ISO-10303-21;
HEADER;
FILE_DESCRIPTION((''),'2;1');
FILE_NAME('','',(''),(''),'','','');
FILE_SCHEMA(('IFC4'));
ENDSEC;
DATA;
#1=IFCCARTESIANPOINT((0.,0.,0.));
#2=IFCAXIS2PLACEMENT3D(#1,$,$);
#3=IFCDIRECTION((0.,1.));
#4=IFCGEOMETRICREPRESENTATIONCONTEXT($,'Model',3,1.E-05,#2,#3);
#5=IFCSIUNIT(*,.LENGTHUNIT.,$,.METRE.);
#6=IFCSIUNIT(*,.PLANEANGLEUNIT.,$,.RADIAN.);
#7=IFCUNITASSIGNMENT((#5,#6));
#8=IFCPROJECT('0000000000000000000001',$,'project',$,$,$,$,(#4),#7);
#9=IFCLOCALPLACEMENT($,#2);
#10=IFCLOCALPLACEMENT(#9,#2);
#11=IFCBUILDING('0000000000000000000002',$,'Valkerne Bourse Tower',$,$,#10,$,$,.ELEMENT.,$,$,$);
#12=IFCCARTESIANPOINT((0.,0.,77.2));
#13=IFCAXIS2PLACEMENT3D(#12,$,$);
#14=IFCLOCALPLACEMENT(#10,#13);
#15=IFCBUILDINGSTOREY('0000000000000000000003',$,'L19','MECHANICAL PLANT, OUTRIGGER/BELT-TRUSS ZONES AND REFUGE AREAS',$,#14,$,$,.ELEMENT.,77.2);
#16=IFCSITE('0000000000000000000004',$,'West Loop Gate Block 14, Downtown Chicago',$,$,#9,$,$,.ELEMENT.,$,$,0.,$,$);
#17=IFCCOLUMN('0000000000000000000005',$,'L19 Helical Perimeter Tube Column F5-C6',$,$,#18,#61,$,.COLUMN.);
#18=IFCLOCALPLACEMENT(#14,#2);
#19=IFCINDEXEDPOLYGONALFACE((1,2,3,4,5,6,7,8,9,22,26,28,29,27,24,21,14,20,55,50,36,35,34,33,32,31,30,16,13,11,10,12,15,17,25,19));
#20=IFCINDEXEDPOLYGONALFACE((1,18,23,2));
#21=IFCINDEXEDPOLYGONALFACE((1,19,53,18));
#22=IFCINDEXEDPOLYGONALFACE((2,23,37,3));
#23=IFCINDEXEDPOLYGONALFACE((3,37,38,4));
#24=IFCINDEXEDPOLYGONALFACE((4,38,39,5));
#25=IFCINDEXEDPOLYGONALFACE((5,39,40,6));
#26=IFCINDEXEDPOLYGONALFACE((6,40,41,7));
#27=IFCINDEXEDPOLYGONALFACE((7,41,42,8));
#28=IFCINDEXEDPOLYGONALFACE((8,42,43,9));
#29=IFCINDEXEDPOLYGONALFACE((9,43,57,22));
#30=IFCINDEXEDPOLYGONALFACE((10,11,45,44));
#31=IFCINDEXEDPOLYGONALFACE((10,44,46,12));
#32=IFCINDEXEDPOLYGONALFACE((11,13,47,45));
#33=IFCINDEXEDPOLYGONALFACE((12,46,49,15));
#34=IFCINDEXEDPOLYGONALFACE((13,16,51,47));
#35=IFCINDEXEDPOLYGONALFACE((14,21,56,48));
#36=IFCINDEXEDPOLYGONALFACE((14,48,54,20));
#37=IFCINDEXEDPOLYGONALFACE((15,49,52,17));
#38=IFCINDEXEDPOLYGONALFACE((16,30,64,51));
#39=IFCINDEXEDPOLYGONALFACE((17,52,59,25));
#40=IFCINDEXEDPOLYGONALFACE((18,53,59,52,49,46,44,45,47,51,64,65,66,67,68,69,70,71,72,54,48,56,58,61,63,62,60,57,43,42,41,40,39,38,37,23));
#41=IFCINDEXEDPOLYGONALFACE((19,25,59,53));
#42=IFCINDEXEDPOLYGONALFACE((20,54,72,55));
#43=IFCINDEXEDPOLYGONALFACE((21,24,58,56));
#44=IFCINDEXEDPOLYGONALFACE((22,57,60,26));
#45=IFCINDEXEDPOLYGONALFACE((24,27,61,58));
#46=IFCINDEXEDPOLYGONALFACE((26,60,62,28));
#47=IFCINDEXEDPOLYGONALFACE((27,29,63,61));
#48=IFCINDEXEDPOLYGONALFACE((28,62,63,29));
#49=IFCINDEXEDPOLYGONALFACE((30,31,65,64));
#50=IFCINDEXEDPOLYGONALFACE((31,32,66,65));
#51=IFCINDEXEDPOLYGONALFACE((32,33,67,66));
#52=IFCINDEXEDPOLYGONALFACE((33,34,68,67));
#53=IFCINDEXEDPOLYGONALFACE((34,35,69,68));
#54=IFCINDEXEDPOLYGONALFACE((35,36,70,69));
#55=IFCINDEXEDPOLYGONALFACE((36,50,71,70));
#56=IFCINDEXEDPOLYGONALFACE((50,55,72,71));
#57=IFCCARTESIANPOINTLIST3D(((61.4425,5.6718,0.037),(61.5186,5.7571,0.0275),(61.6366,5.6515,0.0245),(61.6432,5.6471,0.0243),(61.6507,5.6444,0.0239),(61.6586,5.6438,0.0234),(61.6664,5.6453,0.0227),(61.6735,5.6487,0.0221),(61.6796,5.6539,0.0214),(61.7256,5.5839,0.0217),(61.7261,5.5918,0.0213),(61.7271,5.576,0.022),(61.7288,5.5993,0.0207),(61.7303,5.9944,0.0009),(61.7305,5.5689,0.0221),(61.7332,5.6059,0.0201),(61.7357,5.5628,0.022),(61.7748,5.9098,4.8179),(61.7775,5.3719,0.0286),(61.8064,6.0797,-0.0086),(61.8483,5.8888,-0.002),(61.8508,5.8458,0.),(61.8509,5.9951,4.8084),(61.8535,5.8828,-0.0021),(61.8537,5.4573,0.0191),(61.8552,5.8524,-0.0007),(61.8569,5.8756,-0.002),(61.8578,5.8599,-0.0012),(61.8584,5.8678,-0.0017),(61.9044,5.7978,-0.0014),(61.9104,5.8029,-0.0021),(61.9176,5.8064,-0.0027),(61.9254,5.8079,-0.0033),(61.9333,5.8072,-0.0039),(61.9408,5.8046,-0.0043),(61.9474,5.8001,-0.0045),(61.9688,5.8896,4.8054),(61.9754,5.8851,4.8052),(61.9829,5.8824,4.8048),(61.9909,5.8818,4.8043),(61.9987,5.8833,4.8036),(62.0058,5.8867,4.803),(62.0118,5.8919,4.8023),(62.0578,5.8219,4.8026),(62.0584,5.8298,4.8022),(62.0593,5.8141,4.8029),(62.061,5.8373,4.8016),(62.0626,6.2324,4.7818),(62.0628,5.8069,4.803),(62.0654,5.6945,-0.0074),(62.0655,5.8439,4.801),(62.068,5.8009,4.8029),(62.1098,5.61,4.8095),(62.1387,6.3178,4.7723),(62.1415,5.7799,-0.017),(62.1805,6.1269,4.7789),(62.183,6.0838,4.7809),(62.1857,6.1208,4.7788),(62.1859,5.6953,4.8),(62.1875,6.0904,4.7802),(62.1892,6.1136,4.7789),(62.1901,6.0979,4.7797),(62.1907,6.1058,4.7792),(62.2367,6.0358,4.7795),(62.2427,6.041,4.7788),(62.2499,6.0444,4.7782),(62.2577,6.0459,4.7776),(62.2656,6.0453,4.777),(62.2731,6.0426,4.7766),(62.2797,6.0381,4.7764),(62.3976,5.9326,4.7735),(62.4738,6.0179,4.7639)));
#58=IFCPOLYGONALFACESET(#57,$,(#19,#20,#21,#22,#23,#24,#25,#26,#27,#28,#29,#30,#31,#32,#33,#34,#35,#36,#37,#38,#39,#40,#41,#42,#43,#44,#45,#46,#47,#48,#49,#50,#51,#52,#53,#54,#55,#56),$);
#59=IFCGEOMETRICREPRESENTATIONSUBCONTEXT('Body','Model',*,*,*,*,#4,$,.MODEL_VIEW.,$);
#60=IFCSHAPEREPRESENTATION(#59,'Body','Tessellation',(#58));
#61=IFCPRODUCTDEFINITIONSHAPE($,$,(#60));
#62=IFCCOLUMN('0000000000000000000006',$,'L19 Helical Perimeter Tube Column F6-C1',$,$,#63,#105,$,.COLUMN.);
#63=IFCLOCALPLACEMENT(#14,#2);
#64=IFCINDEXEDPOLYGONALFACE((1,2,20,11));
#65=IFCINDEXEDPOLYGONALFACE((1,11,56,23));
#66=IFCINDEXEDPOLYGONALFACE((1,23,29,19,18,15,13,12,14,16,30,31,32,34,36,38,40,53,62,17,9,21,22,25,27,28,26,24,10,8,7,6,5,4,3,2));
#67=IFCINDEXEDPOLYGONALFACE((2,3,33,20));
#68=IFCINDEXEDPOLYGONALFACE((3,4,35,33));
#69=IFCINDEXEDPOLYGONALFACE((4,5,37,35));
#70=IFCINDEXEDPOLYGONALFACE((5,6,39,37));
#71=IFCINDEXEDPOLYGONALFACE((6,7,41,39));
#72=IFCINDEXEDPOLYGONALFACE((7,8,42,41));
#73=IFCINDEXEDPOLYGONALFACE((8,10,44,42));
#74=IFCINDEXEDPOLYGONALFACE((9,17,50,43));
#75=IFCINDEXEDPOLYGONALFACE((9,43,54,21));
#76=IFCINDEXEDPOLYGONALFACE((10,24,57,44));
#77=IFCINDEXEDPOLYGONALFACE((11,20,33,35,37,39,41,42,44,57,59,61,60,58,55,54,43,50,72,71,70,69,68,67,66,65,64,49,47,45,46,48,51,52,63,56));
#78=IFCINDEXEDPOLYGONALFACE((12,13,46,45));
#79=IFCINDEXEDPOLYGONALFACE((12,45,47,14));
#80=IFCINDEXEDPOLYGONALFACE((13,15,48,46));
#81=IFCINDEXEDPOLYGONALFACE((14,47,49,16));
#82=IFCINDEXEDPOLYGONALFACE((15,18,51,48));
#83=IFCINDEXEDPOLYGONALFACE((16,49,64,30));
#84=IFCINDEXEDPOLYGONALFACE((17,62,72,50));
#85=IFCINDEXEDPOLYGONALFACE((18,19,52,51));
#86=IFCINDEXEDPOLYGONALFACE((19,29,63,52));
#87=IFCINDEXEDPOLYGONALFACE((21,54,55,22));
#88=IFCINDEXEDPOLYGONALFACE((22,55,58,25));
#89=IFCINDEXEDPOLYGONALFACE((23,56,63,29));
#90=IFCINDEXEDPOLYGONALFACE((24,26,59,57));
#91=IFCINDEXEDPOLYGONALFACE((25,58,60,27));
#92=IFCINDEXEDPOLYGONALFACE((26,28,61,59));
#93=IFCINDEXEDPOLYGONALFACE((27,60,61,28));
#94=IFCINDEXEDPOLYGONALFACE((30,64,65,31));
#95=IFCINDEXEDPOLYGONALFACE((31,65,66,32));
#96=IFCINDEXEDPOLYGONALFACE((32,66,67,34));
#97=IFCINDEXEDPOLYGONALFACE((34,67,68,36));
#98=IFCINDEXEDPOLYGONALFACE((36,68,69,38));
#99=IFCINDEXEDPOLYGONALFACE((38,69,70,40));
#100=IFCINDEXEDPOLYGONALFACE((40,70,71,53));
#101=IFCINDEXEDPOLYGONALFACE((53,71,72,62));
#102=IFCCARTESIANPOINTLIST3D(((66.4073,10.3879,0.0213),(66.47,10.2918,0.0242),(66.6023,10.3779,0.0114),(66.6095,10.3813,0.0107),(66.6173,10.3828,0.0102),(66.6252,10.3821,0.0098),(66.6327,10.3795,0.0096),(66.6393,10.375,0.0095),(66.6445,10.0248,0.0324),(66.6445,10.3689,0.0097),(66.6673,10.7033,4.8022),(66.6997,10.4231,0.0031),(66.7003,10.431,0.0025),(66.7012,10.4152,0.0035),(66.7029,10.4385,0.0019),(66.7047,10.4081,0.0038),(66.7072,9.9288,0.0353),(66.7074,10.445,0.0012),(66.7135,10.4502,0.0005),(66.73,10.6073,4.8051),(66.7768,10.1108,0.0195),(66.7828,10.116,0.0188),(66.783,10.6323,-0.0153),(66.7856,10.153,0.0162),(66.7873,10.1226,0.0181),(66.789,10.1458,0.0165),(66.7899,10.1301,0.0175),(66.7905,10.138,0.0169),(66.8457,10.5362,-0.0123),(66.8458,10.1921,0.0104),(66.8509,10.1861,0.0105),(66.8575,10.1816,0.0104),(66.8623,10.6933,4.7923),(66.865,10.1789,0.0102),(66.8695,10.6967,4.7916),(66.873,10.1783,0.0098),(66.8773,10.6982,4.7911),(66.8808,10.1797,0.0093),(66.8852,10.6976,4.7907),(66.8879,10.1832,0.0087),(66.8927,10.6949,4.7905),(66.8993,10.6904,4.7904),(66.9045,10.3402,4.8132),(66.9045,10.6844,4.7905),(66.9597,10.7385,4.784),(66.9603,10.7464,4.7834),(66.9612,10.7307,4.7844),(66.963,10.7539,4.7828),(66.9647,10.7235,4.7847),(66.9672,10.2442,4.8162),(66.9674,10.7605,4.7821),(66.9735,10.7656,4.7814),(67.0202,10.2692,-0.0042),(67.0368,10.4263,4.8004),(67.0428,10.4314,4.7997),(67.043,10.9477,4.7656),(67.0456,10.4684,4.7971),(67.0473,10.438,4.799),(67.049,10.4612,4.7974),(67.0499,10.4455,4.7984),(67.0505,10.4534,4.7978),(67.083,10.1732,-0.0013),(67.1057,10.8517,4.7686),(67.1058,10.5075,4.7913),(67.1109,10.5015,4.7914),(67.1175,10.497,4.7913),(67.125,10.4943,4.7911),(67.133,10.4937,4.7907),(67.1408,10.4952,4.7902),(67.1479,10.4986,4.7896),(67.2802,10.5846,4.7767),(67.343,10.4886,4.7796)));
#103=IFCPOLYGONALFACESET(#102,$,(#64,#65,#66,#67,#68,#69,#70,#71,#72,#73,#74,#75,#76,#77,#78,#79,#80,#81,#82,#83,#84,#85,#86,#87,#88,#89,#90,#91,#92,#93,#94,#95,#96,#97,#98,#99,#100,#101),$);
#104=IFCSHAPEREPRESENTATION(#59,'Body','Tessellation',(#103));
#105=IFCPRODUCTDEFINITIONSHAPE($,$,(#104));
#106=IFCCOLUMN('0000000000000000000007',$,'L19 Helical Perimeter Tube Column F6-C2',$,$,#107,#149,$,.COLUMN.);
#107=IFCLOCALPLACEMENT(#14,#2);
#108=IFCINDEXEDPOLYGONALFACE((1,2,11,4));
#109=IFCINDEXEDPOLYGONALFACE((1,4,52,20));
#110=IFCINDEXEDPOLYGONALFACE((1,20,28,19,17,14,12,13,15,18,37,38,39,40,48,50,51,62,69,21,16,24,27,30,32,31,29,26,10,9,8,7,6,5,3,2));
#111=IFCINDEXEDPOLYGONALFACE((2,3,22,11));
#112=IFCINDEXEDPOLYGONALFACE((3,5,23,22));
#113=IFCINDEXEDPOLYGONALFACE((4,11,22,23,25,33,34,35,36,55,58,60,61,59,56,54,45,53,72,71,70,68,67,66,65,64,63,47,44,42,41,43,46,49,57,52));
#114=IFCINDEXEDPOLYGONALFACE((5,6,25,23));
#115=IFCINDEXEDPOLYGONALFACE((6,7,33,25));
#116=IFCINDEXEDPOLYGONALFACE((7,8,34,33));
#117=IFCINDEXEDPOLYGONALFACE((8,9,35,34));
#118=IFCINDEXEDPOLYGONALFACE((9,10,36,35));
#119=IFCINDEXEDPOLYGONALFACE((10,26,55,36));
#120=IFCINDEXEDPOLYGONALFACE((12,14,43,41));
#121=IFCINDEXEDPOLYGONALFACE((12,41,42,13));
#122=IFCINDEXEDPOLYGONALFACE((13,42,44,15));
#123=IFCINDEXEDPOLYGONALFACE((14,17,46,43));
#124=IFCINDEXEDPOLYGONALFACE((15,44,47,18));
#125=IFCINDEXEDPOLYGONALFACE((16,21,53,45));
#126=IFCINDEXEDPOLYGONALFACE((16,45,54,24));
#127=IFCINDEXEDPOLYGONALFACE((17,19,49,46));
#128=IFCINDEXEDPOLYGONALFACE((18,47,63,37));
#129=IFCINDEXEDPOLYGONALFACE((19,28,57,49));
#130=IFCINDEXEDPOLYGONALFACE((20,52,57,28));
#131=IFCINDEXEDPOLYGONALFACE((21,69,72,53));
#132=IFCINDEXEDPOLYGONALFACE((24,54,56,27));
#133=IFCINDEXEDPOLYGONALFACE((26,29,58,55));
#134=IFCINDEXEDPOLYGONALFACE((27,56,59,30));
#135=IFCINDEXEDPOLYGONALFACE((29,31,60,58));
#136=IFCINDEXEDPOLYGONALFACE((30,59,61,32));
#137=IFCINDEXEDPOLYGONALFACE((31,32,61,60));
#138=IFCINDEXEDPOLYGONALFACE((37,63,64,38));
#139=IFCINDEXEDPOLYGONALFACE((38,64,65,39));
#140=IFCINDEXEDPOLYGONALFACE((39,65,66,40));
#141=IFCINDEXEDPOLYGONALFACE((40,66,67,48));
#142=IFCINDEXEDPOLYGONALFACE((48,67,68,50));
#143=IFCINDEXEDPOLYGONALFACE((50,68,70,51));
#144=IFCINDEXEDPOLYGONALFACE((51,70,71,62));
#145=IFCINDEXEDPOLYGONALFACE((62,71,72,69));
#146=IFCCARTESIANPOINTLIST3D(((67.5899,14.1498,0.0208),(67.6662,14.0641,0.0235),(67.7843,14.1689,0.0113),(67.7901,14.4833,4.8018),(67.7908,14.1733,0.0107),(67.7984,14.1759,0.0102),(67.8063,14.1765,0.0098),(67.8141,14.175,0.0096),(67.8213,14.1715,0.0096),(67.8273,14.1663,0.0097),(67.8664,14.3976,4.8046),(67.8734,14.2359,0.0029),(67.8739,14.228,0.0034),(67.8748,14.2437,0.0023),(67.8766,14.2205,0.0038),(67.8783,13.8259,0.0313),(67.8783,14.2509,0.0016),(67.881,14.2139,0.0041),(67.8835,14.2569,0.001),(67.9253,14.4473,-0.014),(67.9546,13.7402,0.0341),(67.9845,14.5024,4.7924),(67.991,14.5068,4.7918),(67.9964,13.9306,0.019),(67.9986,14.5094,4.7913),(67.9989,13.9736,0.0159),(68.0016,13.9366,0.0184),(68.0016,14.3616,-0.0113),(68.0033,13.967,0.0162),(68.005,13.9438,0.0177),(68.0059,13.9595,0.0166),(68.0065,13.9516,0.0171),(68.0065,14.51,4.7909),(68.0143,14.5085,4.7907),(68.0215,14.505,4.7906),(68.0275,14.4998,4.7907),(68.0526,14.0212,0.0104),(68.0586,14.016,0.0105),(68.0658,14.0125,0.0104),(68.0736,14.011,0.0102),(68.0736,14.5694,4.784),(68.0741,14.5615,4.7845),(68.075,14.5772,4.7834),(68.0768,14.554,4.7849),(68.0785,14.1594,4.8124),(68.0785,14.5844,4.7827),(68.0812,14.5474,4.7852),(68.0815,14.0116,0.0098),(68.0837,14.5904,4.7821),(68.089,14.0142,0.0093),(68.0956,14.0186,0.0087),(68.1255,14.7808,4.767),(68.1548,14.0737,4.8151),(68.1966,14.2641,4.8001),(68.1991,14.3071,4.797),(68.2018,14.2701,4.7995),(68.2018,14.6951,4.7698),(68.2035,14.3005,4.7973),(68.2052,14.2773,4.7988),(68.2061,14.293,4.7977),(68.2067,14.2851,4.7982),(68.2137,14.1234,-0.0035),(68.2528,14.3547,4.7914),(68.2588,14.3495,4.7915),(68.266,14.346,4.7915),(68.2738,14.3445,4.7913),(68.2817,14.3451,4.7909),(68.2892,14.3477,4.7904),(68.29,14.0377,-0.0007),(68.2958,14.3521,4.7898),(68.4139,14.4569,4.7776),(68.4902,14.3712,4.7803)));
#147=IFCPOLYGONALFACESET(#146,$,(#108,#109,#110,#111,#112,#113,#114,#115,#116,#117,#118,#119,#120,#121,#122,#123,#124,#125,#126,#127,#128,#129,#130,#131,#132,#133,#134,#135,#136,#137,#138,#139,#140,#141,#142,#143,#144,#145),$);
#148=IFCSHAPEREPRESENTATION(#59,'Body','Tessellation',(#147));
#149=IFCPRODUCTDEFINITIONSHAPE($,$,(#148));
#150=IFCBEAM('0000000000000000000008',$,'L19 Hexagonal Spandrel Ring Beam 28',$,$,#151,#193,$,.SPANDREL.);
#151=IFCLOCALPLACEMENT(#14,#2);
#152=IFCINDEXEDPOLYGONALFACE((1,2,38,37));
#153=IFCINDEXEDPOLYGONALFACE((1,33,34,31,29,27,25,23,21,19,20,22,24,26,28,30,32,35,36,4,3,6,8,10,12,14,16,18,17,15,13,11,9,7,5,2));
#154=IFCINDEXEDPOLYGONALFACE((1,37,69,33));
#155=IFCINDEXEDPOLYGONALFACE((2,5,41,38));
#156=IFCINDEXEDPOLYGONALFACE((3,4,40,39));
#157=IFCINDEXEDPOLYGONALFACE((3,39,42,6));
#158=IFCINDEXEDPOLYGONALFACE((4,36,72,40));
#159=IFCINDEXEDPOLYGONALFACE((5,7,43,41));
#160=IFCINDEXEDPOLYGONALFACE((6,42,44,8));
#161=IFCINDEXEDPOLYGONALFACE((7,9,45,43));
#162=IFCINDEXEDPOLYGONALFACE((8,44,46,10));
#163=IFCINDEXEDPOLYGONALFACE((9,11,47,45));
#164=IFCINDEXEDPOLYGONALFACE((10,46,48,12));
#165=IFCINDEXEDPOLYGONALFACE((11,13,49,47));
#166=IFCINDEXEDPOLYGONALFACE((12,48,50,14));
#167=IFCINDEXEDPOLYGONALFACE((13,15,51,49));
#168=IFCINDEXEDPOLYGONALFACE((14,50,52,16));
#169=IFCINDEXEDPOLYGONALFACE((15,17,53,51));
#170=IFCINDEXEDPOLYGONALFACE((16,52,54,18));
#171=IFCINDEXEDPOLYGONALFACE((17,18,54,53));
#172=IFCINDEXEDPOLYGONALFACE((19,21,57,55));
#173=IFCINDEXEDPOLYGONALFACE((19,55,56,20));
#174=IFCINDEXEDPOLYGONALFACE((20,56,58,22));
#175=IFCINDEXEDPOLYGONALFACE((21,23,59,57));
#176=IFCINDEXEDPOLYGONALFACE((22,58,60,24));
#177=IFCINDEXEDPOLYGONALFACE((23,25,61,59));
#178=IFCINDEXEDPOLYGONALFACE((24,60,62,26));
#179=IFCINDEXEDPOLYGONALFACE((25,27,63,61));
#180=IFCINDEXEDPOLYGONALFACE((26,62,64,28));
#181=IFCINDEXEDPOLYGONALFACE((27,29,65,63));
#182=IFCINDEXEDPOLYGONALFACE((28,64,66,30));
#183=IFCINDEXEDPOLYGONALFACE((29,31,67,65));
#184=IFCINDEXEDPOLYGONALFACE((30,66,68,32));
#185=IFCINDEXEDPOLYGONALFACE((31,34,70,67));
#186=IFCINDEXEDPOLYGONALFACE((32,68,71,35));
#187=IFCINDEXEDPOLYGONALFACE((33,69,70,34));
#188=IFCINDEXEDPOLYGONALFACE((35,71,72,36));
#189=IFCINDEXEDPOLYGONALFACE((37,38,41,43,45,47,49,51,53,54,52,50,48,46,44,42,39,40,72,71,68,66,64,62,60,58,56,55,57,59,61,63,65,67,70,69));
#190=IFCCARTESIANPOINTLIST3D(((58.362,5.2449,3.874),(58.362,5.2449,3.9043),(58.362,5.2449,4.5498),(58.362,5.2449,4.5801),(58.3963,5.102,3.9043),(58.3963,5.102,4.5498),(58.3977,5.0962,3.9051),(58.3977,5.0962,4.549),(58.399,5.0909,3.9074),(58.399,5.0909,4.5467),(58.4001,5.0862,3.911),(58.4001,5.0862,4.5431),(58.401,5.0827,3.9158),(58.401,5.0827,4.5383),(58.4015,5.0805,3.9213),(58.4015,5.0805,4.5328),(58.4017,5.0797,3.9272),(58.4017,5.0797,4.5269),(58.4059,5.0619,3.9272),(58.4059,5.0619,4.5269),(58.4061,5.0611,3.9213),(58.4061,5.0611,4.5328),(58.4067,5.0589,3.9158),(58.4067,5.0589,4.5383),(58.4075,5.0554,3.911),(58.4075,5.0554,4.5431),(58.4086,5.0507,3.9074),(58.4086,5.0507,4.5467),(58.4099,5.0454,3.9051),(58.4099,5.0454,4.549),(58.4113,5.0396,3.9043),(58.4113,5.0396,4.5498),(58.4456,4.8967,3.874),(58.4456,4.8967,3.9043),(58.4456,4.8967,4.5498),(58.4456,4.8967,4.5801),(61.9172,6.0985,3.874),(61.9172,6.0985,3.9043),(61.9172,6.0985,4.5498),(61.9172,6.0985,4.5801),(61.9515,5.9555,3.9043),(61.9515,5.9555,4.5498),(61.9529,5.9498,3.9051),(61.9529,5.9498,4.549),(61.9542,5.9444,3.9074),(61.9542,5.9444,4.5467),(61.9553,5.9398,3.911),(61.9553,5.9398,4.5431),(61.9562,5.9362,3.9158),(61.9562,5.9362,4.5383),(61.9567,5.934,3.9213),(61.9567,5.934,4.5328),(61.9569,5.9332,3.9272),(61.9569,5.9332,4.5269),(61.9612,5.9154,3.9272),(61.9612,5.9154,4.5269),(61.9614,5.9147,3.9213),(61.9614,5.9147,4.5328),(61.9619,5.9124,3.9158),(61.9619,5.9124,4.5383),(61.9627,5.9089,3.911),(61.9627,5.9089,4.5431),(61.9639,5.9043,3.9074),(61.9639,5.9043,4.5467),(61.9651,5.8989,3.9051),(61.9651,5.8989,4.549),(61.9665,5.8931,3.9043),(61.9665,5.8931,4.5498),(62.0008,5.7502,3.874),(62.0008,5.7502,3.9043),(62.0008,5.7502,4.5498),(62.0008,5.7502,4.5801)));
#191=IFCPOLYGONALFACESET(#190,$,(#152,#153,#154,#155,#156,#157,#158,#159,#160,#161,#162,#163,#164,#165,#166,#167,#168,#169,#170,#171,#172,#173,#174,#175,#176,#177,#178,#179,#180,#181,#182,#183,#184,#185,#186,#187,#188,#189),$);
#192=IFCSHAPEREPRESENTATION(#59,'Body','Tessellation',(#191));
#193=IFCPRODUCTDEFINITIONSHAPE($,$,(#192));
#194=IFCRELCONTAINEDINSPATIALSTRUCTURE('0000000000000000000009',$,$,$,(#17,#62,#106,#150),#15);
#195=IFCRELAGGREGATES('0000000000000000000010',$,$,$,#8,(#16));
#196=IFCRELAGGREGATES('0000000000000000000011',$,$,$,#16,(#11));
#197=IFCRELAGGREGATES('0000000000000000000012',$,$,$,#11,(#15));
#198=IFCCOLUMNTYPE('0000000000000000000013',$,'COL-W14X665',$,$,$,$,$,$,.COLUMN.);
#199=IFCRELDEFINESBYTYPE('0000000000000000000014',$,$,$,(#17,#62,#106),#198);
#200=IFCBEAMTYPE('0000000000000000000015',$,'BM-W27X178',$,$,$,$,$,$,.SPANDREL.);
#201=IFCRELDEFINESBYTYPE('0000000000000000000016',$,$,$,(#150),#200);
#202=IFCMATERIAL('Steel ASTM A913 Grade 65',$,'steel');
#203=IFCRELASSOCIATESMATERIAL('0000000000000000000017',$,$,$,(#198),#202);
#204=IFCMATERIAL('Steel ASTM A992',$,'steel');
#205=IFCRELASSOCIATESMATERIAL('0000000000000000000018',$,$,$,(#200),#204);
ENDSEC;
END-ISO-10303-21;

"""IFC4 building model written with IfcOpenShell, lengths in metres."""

from ifc_helpers import new_model, si_unit, direction, frame, origin, origin_2d, place, context, subcontext, project, spatial, i_section, extrude, material, material_profile, profile_set, type_object, element, save


model = new_model("IFC4")

# Units and contexts
model_context = context("Model", 3, precision=1e-05, world=origin(), true_north=direction((0.0, 1.0)))
body_context = subcontext(model_context, "Body", "Model", "MODEL_VIEW")
ifc_project = project(units=[si_unit("LENGTHUNIT", "METRE"), si_unit("PLANEANGLEUNIT", "RADIAN")], contexts=[model_context])

# Site, building, storey
site_placement = place(None, origin())
site = spatial("IfcSite", under=ifc_project, at=site_placement, Name="West Loop Gate Block 14, Downtown Chicago", CompositionType="ELEMENT", RefElevation=0.0)
building_placement = place(site_placement, origin())
building = spatial("IfcBuilding", under=site, at=building_placement, Name="Valkerne Bourse Tower", CompositionType="ELEMENT")
storey_placement = place(building_placement, frame((0.0, 0.0, 77.2)))
storey = spatial("IfcBuildingStorey", under=building, at=storey_placement, Name="L19", Description="MECHANICAL PLANT, OUTRIGGER/BELT-TRUSS ZONES AND REFUGE AREAS", CompositionType="ELEMENT", Elevation=77.2)

# Columns
ifc_material_1 = material(Name="Steel ASTM A913 Grade 65", Category="steel")
ifc_material_profile_1 = material_profile(ifc_material_1, i_section(OverallWidth=0.4497, OverallDepth=0.5486, WebThickness=0.072, FlangeThickness=0.1147, FilletRadius=0.0305, at=origin_2d()), Name="W14X665")
ifc_profile_set_1 = profile_set([ifc_material_profile_1], Name="Steel ASTM A913 Grade 65")
column_type = type_object("IfcColumnType", Name="COL-W14X665", PredefinedType="COLUMN", material=ifc_profile_set_1)
for number, where, z_axis, x_axis, name in (
    (1, (61.792, 5.7258, 0.01), (0.069246, 0.049607, 0.996365), (-0.745032, 0.66677, 0.018582), "L19 Helical Perimeter Tube Column F5-C6"),
    (2, (66.7451, 10.2805, 0.01), (0.054186, 0.065736, 0.996365), (-0.835502, -0.543442, 0.081292), "L19 Helical Perimeter Tube Column F6-C1"),
):
    element("IfcColumn", number, at=place(storey_placement, frame(where, z_axis=z_axis, x_axis=x_axis)), inside=storey, type_object=column_type, Name=name, PredefinedType="COLUMN", context=body_context, shape_type="SweptSolid", body=[
        extrude(i_section(OverallWidth=0.4497, OverallDepth=0.5486, WebThickness=0.072, FlangeThickness=0.1147, FilletRadius=0.0305, at=origin_2d()), origin(), (0.0, 0.0, 1.0), 4.7983),
    ])
column_placement = place(storey_placement, frame((67.9399, 14.0938, 0.01), z_axis=(0.041735, 0.069525, 0.996707), x_axis=(-0.745904, -0.661544, 0.077379)))
element("IfcColumn", 3, at=column_placement, inside=storey, type_object=column_type, Name="L19 Helical Perimeter Tube Column F6-C2", PredefinedType="COLUMN", context=body_context, shape_type="SweptSolid", body=[
    extrude(i_section(OverallWidth=0.4497, OverallDepth=0.5486, WebThickness=0.072, FlangeThickness=0.1147, FilletRadius=0.0305, at=origin_2d()), origin(), (0.0, 0.0, 1.0), 4.7969),
])

# Beam
ifc_material_2 = material(Name="Steel ASTM A992", Category="steel")
ifc_material_profile_2 = material_profile(ifc_material_2, i_section(OverallWidth=0.3582, OverallDepth=0.7061, WebThickness=0.0183, FlangeThickness=0.0303, FilletRadius=0.0229, at=origin_2d()), Name="W27X178")
ifc_profile_set_2 = profile_set([ifc_material_profile_2], Name="Steel ASTM A992")
beam_type_1 = type_object("IfcBeamType", Name="BM-W27X178", PredefinedType="SPANDREL", material=ifc_profile_set_2)
beam_1_placement = place(storey_placement, frame((58.4038, 5.0708, 4.2271), z_axis=(0.97237, 0.233444, 0.0), x_axis=(-0.233444, 0.97237, 0.0)))
element("IfcBeam", 4, at=beam_1_placement, inside=storey, type_object=beam_type_1, Name="L19 Hexagonal Spandrel Ring Beam 28", PredefinedType="SPANDREL", context=body_context, shape_type="SweptSolid", body=[
    extrude(i_section(OverallWidth=0.3582, OverallDepth=0.7061, WebThickness=0.0183, FlangeThickness=0.0303, FilletRadius=0.0229, at=origin_2d()), origin(), (0.0, 0.0, 1.0), 3.6562),
])

save(model, "model.ifc")
